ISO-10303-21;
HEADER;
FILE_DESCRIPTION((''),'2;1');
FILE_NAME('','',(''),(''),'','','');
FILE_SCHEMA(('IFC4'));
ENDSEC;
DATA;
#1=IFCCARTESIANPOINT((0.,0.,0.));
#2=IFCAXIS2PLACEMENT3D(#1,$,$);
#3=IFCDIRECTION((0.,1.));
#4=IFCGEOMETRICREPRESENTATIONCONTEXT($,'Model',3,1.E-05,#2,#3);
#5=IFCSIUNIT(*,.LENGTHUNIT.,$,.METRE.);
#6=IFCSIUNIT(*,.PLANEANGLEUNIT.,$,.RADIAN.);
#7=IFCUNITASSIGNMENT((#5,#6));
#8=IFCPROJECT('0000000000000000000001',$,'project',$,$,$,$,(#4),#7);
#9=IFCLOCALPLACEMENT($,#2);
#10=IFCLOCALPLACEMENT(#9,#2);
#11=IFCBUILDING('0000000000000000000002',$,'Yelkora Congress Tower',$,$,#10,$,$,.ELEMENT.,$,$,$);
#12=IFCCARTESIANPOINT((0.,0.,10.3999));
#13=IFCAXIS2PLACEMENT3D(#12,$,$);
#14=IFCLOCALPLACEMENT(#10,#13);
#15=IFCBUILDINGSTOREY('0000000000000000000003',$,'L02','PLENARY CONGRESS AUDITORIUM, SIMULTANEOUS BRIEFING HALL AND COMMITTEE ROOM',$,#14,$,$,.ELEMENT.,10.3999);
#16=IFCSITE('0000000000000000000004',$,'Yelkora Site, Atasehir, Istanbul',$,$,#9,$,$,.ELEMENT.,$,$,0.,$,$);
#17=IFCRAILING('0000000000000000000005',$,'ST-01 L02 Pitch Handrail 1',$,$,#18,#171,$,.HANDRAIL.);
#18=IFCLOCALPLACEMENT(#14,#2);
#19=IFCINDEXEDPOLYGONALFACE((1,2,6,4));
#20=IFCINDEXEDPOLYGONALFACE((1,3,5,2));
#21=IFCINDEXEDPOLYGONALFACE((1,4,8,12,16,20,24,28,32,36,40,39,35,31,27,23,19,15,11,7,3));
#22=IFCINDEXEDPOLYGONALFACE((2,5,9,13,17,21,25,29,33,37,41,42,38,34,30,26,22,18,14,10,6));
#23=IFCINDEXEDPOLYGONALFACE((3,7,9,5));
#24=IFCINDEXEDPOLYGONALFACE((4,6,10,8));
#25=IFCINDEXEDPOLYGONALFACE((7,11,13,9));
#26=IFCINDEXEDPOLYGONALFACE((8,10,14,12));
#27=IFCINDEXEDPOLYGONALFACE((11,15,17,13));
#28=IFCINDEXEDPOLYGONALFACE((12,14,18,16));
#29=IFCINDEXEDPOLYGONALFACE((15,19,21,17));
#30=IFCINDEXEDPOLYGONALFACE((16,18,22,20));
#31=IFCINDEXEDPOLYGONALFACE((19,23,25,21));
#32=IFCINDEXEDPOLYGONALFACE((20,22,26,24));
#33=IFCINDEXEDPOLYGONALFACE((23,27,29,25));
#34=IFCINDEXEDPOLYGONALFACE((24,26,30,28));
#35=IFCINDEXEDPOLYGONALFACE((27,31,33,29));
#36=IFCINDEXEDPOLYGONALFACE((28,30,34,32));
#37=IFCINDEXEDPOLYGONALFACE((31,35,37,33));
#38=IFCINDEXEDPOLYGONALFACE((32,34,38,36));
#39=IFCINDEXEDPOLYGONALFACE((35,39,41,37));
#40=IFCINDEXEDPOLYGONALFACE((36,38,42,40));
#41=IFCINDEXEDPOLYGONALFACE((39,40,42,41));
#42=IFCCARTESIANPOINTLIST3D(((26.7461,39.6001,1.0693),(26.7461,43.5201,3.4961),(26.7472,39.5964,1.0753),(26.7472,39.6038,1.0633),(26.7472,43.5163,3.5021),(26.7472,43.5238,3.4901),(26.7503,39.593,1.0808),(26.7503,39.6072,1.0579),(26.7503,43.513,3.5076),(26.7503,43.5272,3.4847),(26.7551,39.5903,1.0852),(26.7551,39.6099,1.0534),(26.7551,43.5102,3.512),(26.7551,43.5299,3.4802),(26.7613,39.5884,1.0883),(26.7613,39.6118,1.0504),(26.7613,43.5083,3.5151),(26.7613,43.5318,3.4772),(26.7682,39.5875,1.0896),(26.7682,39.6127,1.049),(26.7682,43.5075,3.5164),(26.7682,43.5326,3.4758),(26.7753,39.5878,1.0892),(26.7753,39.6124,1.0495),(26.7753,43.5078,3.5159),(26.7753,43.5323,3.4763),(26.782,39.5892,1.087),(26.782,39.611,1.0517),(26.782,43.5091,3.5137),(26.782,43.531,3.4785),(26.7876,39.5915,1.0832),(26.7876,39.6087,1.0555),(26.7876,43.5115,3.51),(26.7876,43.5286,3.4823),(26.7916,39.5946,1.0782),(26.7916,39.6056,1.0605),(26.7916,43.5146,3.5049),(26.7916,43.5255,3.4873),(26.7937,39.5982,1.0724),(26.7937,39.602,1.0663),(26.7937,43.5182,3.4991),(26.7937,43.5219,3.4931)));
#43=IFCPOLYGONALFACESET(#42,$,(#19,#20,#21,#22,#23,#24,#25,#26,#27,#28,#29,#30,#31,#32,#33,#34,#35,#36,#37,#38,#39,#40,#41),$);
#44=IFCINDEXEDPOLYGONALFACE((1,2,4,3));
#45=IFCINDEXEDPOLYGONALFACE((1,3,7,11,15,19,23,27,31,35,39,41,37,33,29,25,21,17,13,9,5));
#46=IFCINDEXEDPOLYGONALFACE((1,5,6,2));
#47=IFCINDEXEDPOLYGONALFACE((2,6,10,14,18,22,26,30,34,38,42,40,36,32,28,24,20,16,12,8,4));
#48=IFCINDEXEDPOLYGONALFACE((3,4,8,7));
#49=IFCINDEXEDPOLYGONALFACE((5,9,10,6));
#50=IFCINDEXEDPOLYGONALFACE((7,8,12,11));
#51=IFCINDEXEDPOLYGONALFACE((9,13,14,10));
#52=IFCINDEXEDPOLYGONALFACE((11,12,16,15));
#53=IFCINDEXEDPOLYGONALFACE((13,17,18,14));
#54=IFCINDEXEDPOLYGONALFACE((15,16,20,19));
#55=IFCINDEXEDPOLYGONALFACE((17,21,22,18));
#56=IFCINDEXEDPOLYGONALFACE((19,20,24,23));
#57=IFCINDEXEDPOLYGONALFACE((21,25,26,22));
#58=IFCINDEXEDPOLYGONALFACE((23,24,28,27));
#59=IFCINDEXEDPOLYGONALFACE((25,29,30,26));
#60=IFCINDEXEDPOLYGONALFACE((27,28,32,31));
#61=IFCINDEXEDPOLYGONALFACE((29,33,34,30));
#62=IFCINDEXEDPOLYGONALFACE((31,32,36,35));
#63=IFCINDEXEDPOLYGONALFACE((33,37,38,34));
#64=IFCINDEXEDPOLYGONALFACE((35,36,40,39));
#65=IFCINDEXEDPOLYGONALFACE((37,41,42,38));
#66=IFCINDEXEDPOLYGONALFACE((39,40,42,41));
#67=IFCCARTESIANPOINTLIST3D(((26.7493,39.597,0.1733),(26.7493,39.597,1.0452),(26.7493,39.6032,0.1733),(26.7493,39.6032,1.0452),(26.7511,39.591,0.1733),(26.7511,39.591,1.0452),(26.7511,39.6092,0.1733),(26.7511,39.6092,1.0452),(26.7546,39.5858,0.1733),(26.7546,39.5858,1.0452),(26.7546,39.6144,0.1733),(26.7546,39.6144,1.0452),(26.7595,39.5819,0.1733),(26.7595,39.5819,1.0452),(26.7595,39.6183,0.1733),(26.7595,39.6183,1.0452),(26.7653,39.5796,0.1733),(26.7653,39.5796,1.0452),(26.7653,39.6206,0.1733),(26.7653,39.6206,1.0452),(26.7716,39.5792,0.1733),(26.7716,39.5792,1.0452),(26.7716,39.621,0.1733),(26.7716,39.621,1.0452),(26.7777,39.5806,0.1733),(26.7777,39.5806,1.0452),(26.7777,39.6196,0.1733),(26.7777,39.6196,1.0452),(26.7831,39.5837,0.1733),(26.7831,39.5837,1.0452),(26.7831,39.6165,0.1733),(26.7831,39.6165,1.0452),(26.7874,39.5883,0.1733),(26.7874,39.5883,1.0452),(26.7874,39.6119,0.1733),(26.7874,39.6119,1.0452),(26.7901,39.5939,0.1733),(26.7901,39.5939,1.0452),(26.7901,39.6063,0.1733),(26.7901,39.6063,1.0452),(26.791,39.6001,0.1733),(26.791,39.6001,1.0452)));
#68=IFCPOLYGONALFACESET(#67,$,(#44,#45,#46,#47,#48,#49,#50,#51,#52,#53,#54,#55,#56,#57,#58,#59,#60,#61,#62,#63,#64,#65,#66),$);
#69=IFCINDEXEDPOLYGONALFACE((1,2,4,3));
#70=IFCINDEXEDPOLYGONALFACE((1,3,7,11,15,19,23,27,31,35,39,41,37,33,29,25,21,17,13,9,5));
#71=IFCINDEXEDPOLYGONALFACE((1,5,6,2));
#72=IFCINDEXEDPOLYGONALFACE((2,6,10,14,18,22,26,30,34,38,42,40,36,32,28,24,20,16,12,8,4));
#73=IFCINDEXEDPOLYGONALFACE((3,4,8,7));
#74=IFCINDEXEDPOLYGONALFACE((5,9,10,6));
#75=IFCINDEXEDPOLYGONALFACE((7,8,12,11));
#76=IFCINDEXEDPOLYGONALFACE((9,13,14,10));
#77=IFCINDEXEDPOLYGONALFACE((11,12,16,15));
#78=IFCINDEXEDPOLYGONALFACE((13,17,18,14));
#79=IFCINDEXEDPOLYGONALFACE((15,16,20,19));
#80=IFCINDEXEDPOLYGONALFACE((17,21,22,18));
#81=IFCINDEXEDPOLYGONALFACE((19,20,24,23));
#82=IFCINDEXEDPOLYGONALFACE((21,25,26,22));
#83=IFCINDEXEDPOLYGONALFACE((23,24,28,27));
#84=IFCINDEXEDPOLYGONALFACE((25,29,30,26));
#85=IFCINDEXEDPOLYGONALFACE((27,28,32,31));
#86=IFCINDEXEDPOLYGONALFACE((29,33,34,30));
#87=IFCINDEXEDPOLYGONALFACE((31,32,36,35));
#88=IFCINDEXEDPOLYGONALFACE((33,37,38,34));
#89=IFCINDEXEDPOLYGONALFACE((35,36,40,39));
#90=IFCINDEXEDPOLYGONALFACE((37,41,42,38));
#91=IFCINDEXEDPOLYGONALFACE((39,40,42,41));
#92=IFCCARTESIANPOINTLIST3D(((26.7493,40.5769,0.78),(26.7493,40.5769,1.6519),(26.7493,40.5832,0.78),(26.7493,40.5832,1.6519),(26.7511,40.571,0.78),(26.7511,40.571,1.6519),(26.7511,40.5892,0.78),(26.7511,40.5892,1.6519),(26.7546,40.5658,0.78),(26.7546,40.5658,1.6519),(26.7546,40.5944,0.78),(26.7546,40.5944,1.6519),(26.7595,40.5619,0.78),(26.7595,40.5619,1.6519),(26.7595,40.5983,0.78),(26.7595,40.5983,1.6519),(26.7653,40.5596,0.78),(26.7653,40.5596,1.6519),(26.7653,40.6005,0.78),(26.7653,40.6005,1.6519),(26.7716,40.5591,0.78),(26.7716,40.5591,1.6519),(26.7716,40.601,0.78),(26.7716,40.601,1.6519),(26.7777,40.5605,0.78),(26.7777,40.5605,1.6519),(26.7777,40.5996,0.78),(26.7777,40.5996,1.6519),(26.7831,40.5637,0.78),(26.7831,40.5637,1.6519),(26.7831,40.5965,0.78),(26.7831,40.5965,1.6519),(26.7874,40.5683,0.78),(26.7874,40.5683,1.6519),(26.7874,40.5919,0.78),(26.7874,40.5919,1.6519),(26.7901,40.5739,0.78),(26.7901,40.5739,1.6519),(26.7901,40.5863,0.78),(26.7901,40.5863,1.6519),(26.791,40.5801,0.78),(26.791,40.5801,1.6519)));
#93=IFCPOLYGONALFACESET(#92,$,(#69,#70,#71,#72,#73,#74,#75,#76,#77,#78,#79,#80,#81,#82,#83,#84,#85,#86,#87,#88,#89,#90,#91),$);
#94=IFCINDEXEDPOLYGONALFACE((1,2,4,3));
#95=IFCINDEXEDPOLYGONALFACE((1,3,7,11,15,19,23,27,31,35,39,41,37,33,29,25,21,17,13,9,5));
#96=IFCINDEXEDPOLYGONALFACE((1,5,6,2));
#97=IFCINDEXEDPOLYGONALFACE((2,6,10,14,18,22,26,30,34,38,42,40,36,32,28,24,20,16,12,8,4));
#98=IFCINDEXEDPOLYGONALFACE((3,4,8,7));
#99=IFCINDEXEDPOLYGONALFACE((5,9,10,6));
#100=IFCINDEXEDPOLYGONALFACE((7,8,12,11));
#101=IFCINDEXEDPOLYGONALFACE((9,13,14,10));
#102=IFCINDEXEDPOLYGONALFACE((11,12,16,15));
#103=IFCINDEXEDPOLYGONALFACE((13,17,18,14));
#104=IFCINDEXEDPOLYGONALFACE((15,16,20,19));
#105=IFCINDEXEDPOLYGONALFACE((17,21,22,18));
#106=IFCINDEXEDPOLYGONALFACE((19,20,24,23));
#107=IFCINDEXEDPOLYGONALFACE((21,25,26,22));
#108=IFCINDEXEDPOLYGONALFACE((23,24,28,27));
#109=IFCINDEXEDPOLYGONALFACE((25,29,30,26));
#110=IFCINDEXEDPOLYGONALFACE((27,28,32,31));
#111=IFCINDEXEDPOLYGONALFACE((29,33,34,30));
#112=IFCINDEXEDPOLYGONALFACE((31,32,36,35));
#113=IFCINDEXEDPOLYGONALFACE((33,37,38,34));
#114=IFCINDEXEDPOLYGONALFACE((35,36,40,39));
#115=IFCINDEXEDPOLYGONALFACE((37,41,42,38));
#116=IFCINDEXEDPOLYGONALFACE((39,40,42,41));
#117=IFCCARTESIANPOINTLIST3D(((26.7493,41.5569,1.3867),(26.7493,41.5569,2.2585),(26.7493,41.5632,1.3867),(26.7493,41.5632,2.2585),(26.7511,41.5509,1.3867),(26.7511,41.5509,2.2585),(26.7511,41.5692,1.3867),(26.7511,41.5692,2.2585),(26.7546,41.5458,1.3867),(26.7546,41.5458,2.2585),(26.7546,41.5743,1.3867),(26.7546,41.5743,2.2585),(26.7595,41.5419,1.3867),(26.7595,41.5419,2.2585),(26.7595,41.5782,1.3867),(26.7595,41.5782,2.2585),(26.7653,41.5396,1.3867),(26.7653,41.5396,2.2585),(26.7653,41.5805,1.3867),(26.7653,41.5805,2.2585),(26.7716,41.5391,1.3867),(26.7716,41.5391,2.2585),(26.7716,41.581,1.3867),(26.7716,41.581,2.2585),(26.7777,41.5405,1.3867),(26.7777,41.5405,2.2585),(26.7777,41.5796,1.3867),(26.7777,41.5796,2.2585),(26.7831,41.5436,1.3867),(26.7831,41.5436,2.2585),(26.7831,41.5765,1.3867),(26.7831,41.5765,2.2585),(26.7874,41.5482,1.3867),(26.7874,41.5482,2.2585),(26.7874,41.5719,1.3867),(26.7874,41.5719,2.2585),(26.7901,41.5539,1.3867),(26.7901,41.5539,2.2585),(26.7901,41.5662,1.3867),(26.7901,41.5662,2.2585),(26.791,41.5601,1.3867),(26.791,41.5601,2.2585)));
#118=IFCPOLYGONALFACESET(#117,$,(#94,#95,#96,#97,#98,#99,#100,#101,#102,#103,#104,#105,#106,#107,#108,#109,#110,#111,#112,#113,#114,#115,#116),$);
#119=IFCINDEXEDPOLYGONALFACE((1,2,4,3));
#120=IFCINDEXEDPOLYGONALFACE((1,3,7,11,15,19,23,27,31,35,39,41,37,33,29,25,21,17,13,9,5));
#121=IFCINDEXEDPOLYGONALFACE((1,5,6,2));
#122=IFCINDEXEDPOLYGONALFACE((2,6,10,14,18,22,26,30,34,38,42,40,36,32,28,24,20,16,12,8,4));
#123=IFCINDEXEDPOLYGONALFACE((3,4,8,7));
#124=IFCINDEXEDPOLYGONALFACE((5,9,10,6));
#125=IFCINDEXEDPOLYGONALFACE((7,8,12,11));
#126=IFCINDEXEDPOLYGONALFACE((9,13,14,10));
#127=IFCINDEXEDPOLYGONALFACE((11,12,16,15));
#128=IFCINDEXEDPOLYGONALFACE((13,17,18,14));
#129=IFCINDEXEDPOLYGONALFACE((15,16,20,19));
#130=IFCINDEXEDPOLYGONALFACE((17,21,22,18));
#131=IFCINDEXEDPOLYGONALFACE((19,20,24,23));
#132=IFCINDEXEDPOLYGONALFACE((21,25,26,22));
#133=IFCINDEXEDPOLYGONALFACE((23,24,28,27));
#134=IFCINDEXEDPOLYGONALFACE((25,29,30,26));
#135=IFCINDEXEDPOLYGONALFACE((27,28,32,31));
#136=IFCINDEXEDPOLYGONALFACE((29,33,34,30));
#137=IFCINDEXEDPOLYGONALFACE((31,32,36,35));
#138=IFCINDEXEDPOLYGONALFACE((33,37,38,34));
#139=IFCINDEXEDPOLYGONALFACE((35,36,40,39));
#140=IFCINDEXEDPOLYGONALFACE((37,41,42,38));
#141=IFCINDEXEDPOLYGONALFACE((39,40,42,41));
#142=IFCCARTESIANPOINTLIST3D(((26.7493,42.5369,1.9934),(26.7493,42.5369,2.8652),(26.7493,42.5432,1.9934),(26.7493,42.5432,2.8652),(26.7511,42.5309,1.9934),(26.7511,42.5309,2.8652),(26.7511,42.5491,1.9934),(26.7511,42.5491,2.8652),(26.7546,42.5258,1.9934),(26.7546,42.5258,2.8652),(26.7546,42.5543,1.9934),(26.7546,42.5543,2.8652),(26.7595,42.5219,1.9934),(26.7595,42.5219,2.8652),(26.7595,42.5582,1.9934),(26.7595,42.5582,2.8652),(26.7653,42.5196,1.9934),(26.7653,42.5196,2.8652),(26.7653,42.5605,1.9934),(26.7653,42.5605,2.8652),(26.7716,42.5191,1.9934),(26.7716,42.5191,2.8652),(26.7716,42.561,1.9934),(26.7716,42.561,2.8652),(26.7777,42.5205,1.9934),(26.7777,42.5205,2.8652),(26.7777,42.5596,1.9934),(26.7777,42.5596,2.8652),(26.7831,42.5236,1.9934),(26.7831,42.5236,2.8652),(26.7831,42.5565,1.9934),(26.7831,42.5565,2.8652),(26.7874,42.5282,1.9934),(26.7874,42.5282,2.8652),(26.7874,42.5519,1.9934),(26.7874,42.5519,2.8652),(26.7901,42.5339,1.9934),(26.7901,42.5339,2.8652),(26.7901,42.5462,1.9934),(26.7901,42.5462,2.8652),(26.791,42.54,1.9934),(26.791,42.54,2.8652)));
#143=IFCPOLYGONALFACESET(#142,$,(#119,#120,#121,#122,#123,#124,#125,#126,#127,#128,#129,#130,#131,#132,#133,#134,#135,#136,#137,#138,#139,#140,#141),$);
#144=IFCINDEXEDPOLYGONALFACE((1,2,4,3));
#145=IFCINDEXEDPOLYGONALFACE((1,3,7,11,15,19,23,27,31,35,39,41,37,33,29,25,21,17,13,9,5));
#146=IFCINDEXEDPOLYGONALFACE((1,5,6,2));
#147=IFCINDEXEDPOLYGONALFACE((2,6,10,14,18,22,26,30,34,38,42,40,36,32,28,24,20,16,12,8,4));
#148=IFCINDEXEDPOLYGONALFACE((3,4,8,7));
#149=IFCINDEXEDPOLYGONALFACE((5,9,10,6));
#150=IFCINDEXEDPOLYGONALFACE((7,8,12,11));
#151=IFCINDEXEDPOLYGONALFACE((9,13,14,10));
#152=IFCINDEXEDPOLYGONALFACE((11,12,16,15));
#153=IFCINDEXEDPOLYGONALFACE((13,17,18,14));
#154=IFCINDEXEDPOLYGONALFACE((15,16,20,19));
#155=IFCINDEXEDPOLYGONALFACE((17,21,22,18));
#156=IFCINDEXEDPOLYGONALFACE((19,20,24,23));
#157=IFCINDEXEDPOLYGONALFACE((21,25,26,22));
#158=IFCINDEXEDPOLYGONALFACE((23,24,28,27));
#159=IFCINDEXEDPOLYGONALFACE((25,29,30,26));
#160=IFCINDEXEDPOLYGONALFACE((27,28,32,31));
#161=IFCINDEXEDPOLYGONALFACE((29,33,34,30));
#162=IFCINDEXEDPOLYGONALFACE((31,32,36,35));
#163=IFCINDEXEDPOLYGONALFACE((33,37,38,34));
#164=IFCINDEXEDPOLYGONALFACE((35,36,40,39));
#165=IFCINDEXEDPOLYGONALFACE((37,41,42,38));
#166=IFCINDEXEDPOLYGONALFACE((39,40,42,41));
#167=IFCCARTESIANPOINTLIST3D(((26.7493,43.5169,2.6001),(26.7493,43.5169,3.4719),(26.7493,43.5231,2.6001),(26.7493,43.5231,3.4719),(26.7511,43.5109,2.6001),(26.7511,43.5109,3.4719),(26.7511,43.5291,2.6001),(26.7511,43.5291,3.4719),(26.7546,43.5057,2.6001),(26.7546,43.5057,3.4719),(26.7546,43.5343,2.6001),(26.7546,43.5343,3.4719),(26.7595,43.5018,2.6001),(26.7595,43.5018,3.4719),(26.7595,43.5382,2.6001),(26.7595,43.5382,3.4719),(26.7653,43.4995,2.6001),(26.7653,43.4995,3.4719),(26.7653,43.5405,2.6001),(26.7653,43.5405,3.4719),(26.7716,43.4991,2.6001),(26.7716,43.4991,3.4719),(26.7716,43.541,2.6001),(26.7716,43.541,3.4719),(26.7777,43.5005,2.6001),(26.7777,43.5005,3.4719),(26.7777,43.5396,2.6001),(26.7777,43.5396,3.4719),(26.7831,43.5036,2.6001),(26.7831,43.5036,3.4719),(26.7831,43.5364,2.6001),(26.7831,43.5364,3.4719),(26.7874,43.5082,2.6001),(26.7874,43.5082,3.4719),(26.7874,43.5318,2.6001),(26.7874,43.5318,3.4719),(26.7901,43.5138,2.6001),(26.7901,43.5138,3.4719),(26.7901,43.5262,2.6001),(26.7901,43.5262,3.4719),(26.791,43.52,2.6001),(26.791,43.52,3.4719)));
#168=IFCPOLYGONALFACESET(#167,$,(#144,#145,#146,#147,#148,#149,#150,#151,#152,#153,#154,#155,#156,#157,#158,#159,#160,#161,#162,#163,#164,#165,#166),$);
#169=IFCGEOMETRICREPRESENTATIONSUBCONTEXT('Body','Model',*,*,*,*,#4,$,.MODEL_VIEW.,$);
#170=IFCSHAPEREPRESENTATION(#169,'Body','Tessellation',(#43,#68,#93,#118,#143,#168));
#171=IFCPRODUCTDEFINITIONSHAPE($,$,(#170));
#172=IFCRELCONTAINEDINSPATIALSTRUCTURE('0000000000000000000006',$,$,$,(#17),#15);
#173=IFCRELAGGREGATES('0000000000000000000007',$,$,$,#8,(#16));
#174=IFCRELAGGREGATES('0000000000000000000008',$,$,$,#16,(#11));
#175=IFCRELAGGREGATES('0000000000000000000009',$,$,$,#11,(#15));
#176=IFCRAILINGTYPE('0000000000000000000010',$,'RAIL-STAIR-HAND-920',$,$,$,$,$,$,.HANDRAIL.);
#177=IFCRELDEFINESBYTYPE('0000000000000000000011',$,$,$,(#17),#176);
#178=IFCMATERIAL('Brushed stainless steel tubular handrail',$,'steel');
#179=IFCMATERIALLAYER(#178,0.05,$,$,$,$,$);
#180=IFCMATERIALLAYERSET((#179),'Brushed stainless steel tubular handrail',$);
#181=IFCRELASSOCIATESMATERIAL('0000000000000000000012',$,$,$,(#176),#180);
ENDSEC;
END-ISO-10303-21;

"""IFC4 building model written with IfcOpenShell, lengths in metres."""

from ifc_helpers import new_model, si_unit, direction, frame, origin, origin_2d, place, context, subcontext, project, spatial, circle, extrude, material, layer, layer_set, type_object, element, save


model = new_model("IFC4")

# Units and contexts
model_context = context("Model", 3, precision=1e-05, world=origin(), true_north=direction((0.0, 1.0)))
body_context = subcontext(model_context, "Body", "Model", "MODEL_VIEW")
ifc_project = project(units=[si_unit("LENGTHUNIT", "METRE"), si_unit("PLANEANGLEUNIT", "RADIAN")], contexts=[model_context])

# Site, building, storey
site_placement = place(None, origin())
site = spatial("IfcSite", under=ifc_project, at=site_placement, Name="Yelkora Site, Atasehir, Istanbul", CompositionType="ELEMENT", RefElevation=0.0)
building_placement = place(site_placement, origin())
building = spatial("IfcBuilding", under=site, at=building_placement, Name="Yelkora Congress Tower", CompositionType="ELEMENT")
storey_placement = place(building_placement, frame((0.0, 0.0, 10.3999)))
storey = spatial("IfcBuildingStorey", under=building, at=storey_placement, Name="L02", Description="PLENARY CONGRESS AUDITORIUM, SIMULTANEOUS BRIEFING HALL AND COMMITTEE ROOM", CompositionType="ELEMENT", Elevation=10.3999)

# Railing
ifc_material_1 = material(Name="Brushed stainless steel tubular handrail", Category="steel")
ifc_layer_1 = layer(ifc_material_1, 0.05)
ifc_layer_set_1 = layer_set([ifc_layer_1], Name="Brushed stainless steel tubular handrail")
railing_type_1 = type_object("IfcRailingType", Name="RAIL-STAIR-HAND-920", PredefinedType="HANDRAIL", material=ifc_layer_set_1)
railing_1_placement = place(storey_placement, frame((26.77, 39.6001, 0.1733)))
element("IfcRailing", 1, at=railing_1_placement, inside=storey, type_object=railing_type_1, Name="ST-01 L02 Pitch Handrail 1", PredefinedType="HANDRAIL", context=body_context, shape_type="SweptSolid", body=[
    extrude(circle(Radius=0.0239, at=origin_2d()), frame((0.0, 0.0, 0.896), z_axis=(0.0, 0.850252, 0.526376), x_axis=(-1.0, 0.0, 0.0)), (0.0, 0.0, 1.0), 4.6104),
    extrude(circle(Radius=0.021, at=origin_2d()), origin(), (0.0, 0.0, 1.0), 0.8718),
    extrude(circle(Radius=0.021, at=origin_2d()), frame((0.0, 0.98, 0.6067)), (0.0, 0.0, 1.0), 0.8718),
    extrude(circle(Radius=0.021, at=origin_2d()), frame((0.0, 1.96, 1.2134)), (0.0, 0.0, 1.0), 0.8718),
    extrude(circle(Radius=0.021, at=origin_2d()), frame((0.0, 2.9399, 1.8201)), (0.0, 0.0, 1.0), 0.8718),
    extrude(circle(Radius=0.021, at=origin_2d()), frame((0.0, 3.9199, 2.4268)), (0.0, 0.0, 1.0), 0.8718),
])

save(model, "model.ifc")
